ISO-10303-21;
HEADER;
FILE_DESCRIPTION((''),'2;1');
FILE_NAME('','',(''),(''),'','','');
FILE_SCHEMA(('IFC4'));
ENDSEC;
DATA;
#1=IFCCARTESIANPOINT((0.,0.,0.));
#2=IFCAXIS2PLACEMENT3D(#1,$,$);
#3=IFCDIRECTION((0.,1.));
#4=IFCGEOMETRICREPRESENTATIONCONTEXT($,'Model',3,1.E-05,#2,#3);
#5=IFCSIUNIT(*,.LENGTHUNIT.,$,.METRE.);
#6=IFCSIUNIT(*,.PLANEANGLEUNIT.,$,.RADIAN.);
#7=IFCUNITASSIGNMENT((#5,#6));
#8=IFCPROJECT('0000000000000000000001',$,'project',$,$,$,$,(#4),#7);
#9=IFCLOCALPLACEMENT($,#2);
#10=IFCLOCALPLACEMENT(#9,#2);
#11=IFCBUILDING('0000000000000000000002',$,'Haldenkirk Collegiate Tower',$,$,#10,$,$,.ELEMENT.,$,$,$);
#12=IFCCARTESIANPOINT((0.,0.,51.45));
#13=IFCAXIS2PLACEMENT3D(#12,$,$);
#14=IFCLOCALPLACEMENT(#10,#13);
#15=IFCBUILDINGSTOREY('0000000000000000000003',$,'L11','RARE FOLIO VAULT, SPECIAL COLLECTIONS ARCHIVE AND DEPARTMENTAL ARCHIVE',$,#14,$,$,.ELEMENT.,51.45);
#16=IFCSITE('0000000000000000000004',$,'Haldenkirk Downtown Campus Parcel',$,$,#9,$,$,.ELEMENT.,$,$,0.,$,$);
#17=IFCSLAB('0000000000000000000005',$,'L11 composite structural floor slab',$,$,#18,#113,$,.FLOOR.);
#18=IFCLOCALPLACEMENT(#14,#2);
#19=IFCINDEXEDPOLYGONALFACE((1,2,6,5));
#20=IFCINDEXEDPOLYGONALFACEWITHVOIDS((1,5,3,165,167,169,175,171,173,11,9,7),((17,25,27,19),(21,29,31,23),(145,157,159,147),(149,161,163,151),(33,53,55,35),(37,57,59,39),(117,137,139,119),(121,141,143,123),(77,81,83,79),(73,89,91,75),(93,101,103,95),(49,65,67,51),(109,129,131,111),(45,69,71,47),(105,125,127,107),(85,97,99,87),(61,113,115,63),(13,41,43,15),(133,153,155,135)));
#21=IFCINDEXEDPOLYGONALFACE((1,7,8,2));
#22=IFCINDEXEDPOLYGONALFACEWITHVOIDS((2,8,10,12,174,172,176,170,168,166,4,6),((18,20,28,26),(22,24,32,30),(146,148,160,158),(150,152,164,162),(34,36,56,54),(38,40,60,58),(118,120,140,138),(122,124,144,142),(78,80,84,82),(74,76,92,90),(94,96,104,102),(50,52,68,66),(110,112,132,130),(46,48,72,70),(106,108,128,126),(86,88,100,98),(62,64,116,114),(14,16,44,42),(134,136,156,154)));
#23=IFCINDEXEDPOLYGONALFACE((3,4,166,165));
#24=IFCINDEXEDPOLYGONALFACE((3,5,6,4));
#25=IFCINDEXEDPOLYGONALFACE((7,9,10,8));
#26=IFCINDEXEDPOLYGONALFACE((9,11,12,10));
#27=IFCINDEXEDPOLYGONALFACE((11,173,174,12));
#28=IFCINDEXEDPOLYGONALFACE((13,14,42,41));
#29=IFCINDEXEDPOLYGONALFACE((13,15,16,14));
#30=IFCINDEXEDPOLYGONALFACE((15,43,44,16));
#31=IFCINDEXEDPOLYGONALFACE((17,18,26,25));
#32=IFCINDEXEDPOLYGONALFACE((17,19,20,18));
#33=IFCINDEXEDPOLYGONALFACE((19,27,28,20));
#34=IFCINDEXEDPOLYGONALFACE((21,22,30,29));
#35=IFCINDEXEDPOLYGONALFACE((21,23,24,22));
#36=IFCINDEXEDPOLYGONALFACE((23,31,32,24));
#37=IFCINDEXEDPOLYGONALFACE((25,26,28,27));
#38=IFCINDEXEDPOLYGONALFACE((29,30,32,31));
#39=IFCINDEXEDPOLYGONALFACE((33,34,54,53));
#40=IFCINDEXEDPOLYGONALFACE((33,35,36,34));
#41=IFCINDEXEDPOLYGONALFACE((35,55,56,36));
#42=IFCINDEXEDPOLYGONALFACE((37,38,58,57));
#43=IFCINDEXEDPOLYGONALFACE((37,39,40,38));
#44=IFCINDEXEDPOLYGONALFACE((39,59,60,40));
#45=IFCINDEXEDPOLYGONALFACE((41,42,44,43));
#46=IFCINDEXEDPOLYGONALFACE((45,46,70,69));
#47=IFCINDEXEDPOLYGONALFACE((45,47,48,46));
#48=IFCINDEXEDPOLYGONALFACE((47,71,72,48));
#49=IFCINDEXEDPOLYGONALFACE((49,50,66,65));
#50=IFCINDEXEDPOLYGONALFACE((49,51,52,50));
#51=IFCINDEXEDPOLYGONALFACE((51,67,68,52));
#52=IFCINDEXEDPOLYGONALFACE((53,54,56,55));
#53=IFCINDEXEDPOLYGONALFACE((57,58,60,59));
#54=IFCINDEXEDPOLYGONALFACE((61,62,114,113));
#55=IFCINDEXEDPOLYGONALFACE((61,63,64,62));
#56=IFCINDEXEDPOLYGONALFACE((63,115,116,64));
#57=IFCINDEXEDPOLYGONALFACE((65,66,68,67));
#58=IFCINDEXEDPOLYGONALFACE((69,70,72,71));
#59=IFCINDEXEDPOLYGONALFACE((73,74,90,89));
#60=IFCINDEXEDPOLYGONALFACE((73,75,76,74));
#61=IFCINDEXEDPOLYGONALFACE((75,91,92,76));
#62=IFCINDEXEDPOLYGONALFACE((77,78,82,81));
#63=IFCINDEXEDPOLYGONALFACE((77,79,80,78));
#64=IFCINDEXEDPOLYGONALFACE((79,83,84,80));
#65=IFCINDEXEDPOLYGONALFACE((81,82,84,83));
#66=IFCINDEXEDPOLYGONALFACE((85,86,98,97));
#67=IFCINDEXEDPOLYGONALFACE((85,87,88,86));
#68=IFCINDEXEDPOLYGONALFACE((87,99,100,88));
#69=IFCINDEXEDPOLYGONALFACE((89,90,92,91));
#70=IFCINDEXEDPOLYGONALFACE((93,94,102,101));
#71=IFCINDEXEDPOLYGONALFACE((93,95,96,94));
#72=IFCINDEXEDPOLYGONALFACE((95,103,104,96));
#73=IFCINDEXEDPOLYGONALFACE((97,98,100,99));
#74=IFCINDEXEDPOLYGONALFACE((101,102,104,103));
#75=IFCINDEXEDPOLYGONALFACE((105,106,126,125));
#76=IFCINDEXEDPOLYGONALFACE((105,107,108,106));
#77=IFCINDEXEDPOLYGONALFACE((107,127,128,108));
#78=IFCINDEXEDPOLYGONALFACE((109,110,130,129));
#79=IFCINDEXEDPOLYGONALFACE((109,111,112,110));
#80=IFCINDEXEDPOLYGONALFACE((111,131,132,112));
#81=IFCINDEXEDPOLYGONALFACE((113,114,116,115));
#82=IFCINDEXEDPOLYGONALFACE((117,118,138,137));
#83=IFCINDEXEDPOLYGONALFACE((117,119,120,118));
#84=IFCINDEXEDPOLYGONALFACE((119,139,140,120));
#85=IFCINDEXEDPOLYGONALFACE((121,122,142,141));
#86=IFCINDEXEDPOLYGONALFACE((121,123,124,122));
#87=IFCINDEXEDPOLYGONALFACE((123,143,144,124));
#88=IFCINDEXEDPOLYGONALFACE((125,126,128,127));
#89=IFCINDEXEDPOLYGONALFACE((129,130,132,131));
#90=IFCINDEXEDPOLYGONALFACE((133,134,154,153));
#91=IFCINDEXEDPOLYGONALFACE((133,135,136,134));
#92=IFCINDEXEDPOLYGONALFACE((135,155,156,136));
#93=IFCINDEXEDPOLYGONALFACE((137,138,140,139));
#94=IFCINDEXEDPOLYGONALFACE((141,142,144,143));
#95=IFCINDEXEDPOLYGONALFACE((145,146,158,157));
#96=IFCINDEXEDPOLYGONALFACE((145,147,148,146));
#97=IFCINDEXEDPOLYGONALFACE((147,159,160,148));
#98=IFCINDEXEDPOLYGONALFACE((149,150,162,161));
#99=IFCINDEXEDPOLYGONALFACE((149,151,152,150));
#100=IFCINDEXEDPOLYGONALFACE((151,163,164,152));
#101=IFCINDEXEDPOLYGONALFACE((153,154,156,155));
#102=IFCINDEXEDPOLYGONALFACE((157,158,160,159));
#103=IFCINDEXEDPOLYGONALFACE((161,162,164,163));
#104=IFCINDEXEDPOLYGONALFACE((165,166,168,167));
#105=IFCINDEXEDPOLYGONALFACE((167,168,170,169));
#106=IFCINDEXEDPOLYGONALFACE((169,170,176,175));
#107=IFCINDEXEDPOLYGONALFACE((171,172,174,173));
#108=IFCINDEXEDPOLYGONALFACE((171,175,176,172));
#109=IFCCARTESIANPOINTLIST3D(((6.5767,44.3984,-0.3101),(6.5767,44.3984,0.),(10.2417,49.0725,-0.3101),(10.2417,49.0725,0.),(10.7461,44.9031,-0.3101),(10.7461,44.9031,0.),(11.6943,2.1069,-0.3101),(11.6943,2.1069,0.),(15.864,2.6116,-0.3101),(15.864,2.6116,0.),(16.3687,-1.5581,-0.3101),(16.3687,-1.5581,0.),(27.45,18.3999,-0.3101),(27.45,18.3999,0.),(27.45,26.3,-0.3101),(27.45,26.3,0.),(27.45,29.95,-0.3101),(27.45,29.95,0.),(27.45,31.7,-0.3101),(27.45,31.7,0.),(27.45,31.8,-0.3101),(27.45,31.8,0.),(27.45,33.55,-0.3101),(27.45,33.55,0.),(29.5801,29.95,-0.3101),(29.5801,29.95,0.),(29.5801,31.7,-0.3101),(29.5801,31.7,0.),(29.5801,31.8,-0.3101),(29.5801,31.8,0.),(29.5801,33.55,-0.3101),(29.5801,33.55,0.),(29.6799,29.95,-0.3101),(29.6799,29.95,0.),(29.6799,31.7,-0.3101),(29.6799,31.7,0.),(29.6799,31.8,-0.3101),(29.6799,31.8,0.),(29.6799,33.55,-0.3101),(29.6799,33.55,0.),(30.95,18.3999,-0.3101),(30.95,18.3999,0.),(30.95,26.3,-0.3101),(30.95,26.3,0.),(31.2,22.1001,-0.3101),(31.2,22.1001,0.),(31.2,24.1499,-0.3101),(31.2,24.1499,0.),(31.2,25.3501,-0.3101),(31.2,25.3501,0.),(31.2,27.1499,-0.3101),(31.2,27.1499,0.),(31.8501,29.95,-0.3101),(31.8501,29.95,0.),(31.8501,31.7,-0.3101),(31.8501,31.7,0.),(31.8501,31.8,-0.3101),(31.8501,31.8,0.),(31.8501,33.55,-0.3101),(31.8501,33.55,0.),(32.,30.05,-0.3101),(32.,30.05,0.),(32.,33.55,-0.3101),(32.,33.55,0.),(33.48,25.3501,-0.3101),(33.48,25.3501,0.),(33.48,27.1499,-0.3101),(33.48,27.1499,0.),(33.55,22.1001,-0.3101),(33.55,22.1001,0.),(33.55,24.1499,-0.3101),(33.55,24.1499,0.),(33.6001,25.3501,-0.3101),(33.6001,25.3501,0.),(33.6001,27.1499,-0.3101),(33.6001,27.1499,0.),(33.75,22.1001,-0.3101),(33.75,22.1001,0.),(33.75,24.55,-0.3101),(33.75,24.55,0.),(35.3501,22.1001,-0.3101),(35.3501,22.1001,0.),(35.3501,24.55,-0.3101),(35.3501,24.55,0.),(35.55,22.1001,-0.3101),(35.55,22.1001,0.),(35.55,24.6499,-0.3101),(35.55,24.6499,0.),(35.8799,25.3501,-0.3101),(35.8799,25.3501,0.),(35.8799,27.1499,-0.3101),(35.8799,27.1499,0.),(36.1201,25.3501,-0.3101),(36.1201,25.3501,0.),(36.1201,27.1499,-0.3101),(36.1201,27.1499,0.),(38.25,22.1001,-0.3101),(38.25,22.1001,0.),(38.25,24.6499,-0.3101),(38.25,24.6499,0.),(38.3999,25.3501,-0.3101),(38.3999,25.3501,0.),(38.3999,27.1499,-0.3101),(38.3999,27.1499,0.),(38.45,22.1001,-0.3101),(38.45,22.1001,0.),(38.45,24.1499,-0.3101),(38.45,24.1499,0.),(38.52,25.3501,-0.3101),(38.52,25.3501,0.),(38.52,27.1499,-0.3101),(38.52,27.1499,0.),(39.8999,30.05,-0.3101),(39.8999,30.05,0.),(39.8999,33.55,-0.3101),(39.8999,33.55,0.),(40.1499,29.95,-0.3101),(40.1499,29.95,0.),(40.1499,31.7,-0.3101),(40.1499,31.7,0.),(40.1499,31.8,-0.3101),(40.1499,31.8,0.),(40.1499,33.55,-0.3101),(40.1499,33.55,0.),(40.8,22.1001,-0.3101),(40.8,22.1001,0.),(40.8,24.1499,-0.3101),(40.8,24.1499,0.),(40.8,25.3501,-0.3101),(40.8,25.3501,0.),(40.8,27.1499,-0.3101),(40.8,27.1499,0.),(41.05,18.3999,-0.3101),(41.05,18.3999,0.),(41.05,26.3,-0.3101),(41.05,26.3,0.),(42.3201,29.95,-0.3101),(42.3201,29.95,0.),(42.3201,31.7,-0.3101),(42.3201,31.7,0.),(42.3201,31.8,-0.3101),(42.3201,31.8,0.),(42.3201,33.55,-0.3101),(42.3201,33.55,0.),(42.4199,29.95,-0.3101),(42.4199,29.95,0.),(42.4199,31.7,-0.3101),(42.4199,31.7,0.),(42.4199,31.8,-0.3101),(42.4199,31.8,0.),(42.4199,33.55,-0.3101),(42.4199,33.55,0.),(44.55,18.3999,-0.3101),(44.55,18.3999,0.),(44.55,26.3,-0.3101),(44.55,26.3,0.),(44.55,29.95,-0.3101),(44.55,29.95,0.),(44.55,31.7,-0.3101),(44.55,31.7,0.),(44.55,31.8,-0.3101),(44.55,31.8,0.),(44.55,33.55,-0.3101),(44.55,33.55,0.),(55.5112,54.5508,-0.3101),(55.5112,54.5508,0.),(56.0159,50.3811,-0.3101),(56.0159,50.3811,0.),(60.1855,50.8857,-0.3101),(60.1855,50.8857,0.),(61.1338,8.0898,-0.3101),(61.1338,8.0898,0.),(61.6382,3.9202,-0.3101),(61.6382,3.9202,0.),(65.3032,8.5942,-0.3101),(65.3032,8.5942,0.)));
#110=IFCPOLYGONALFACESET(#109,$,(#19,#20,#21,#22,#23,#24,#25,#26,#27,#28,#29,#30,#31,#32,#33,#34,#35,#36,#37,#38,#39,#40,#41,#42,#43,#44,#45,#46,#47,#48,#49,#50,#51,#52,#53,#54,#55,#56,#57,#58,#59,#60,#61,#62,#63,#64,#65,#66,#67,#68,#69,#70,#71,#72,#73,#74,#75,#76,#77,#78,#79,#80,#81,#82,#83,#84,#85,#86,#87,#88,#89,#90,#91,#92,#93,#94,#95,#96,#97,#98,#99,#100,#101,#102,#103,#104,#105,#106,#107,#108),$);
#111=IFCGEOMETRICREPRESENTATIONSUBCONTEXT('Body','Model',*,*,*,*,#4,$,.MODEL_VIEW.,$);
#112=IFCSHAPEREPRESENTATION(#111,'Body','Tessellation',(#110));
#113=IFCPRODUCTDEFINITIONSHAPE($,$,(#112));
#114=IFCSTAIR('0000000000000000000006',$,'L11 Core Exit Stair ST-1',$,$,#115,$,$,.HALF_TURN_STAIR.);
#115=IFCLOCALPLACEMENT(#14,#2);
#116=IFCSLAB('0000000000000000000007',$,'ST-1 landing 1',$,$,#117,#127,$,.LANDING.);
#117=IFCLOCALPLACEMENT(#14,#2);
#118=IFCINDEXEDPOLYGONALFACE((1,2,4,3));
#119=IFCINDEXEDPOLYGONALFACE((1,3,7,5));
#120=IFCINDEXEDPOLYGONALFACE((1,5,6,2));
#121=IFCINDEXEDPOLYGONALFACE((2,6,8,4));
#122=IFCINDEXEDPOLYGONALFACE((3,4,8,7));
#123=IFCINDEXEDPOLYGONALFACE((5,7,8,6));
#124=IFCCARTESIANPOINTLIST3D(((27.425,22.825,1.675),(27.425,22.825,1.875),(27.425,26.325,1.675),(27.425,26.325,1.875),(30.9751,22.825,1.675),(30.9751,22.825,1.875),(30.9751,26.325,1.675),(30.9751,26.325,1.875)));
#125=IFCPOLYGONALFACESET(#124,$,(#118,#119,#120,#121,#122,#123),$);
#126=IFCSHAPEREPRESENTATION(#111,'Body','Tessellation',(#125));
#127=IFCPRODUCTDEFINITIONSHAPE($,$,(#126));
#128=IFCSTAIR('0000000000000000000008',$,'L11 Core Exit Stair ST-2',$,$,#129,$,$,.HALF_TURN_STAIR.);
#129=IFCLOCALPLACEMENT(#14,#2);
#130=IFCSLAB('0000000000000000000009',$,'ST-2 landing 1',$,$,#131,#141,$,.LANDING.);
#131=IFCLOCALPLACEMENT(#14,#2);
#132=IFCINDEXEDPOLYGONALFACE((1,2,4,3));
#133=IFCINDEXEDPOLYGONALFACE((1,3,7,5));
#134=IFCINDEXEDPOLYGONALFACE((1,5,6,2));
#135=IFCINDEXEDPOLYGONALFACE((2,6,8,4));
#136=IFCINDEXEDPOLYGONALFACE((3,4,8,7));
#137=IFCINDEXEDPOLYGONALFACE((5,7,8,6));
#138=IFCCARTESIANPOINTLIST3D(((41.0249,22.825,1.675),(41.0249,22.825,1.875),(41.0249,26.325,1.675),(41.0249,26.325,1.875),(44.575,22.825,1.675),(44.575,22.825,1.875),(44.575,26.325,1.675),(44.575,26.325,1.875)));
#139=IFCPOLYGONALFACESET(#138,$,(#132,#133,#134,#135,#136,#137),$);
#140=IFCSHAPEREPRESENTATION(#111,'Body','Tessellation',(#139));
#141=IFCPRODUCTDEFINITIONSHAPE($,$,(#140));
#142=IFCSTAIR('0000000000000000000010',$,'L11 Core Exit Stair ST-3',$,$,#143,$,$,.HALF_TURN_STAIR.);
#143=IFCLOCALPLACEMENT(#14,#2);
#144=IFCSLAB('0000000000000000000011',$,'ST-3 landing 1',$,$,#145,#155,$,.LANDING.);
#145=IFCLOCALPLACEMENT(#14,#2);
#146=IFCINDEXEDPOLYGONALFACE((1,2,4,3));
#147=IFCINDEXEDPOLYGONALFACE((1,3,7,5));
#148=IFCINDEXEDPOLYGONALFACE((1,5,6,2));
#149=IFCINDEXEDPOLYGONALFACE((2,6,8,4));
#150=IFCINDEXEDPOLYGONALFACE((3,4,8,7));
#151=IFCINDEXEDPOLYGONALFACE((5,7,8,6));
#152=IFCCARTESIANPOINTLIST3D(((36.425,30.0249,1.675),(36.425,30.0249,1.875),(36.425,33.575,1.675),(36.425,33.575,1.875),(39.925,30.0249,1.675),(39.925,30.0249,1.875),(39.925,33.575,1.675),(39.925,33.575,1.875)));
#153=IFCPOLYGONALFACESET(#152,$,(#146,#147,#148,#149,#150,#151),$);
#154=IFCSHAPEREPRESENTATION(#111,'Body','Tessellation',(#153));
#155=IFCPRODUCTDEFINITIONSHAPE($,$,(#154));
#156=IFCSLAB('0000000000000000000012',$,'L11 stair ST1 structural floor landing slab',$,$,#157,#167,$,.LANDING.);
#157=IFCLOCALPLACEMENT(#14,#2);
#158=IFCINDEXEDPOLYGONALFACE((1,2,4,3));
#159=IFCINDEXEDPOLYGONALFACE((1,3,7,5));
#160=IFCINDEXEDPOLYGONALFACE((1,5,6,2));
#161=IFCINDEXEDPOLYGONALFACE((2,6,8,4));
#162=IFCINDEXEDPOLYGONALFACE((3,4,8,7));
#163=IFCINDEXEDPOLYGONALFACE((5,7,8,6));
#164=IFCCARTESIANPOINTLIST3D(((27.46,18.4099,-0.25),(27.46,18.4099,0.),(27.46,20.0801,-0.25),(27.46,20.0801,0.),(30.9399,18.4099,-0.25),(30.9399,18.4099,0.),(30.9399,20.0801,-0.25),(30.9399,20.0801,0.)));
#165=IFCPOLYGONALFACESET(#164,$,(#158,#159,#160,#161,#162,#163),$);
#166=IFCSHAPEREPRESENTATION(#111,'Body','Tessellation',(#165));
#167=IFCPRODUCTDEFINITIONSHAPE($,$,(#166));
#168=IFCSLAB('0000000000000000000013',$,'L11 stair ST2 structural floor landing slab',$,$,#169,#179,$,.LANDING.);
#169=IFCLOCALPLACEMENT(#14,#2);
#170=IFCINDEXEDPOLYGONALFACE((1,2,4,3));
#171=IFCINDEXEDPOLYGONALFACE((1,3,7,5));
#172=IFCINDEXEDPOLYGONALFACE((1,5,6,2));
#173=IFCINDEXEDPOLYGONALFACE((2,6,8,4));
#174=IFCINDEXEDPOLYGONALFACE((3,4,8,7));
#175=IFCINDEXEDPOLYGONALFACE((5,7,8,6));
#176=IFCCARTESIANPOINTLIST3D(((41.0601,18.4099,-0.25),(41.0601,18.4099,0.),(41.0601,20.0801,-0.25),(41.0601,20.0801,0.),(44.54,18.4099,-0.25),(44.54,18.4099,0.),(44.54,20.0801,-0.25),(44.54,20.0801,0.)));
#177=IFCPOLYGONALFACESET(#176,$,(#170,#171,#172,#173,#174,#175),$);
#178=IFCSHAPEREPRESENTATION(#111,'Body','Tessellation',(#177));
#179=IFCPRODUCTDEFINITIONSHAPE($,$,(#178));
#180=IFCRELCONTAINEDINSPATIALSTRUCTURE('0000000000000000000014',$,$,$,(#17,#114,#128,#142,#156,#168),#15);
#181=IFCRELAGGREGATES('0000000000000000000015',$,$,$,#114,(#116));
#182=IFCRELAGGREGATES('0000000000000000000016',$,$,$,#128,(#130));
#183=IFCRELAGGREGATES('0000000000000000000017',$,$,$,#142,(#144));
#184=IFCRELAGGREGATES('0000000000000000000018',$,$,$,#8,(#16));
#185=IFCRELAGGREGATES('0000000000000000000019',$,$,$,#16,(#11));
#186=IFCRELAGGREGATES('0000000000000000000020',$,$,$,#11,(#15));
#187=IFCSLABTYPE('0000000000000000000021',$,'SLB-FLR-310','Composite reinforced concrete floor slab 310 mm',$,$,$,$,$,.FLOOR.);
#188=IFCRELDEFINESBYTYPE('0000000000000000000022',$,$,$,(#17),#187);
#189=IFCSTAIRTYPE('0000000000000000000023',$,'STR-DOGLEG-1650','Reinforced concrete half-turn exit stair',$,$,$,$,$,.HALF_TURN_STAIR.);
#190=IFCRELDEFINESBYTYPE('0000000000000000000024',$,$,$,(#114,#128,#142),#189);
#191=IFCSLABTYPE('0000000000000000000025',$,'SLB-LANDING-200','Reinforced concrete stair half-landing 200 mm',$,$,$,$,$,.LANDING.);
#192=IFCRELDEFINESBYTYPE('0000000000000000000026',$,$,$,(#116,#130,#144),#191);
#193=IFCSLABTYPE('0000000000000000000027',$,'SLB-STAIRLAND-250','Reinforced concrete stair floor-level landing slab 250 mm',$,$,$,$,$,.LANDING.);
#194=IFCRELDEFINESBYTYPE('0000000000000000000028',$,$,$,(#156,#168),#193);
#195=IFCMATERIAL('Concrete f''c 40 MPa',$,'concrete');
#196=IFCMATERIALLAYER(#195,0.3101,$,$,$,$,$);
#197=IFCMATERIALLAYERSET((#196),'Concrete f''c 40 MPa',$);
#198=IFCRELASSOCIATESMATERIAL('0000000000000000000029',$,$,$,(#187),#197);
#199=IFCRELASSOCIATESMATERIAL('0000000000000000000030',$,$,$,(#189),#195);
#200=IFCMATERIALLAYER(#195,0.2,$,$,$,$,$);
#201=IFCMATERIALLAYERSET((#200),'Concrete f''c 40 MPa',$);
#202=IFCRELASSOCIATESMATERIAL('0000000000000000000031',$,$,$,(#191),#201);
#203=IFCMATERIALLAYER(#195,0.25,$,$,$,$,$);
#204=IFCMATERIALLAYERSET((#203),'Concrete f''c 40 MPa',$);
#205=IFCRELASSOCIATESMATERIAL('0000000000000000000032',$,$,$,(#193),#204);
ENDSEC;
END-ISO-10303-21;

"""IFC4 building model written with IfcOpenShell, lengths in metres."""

from ifc_helpers import new_model, si_unit, direction, frame, origin, place, context, subcontext, project, spatial, polyline, outline, extrude, material, layer, layer_set, type_object, element, aggregate, save


model = new_model("IFC4")

# Units and contexts
model_context = context("Model", 3, precision=1e-05, world=origin(), true_north=direction((0.0, 1.0)))
body_context = subcontext(model_context, "Body", "Model", "MODEL_VIEW")
ifc_project = project(units=[si_unit("LENGTHUNIT", "METRE"), si_unit("PLANEANGLEUNIT", "RADIAN")], contexts=[model_context])

# Site, building, storey
site_placement = place(None, origin())
site = spatial("IfcSite", under=ifc_project, at=site_placement, Name="Haldenkirk Downtown Campus Parcel", CompositionType="ELEMENT", RefElevation=0.0)
building_placement = place(site_placement, origin())
building = spatial("IfcBuilding", under=site, at=building_placement, Name="Haldenkirk Collegiate Tower", CompositionType="ELEMENT")
storey_placement = place(building_placement, frame((0.0, 0.0, 51.45)))
storey = spatial("IfcBuildingStorey", under=building, at=storey_placement, Name="L11", Description="RARE FOLIO VAULT, SPECIAL COLLECTIONS ARCHIVE AND DEPARTMENTAL ARCHIVE", CompositionType="ELEMENT", Elevation=51.45)

# Slab
ifc_material_1 = material(Name="Concrete f'c 40 MPa", Category="concrete")
ifc_layer_1 = layer(ifc_material_1, 0.3101)
ifc_layer_set_1 = layer_set([ifc_layer_1], Name="Concrete f'c 40 MPa")
slab_type_1 = type_object("IfcSlabType", Name="SLB-FLR-310", Description="Composite reinforced concrete floor slab 310 mm", PredefinedType="FLOOR", material=ifc_layer_set_1)
slab_1_placement = place(storey_placement, frame((0.0, 0.0, -0.3101)))
element("IfcSlab", 1, at=slab_1_placement, inside=storey, type_object=slab_type_1, Name="L11 composite structural floor slab", PredefinedType="FLOOR", context=body_context, shape_type="SweptSolid", body=[
    extrude(outline(polyline([(16.3687, -1.5581), (61.6382, 3.9202), (61.1338, 8.0898), (65.3032, 8.5942), (60.1855, 50.8857), (56.0159, 50.3811), (55.5112, 54.5508), (10.2417, 49.0725), (10.7461, 44.9031), (6.5767, 44.3984), (11.6943, 2.1069), (15.864, 2.6116), (16.3687, -1.5581)]), holes=[polyline([(27.45, 18.3999), (30.95, 18.3999), (30.95, 26.3), (27.45, 26.3), (27.45, 18.3999)]), polyline([(41.05, 18.3999), (44.55, 18.3999), (44.55, 26.3), (41.05, 26.3), (41.05, 18.3999)]), polyline([(32.0, 30.05), (39.8999, 30.05), (39.8999, 33.55), (32.0, 33.55), (32.0, 30.05)]), polyline([(33.75, 22.1001), (35.3501, 22.1001), (35.3501, 24.55), (33.75, 24.55), (33.75, 22.1001)]), polyline([(27.45, 29.95), (29.5801, 29.95), (29.5801, 31.7), (27.45, 31.7), (27.45, 29.95)]), polyline([(29.6799, 29.95), (31.8501, 29.95), (31.8501, 31.7), (29.6799, 31.7), (29.6799, 29.95)]), polyline([(27.45, 31.8), (29.5801, 31.8), (29.5801, 33.55), (27.45, 33.55), (27.45, 31.8)]), polyline([(29.6799, 31.8), (31.8501, 31.8), (31.8501, 33.55), (29.6799, 33.55), (29.6799, 31.8)]), polyline([(40.1499, 29.95), (42.3201, 29.95), (42.3201, 31.7), (40.1499, 31.7), (40.1499, 29.95)]), polyline([(42.4199, 29.95), (44.55, 29.95), (44.55, 31.7), (42.4199, 31.7), (42.4199, 29.95)]), polyline([(40.1499, 31.8), (42.3201, 31.8), (42.3201, 33.55), (40.1499, 33.55), (40.1499, 31.8)]), polyline([(42.4199, 31.8), (44.55, 31.8), (44.55, 33.55), (42.4199, 33.55), (42.4199, 31.8)]), polyline([(31.2, 25.3501), (33.48, 25.3501), (33.48, 27.1499), (31.2, 27.1499), (31.2, 25.3501)]), polyline([(33.6001, 25.3501), (35.8799, 25.3501), (35.8799, 27.1499), (33.6001, 27.1499), (33.6001, 25.3501)]), polyline([(36.1201, 25.3501), (38.3999, 25.3501), (38.3999, 27.1499), (36.1201, 27.1499), (36.1201, 25.3501)]), polyline([(38.52, 25.3501), (40.8, 25.3501), (40.8, 27.1499), (38.52, 27.1499), (38.52, 25.3501)]), polyline([(31.2, 22.1001), (33.55, 22.1001), (33.55, 24.1499), (31.2, 24.1499), (31.2, 22.1001)]), polyline([(38.45, 22.1001), (40.8, 22.1001), (40.8, 24.1499), (38.45, 24.1499), (38.45, 22.1001)]), polyline([(35.55, 22.1001), (38.25, 22.1001), (38.25, 24.6499), (35.55, 24.6499), (35.55, 22.1001)])]), origin(), (0.0, 0.0, 1.0), 0.3101),
])

# Stairs, slabs
stair_type = type_object("IfcStairType", Name="STR-DOGLEG-1650", Description="Reinforced concrete half-turn exit stair", PredefinedType="HALF_TURN_STAIR", material=ifc_material_1)
stair_1_placement = place(storey_placement, origin())
stair_1 = element("IfcStair", 2, at=stair_1_placement, inside=storey, type_object=stair_type, Name="L11 Core Exit Stair ST-1", PredefinedType="HALF_TURN_STAIR")
ifc_layer_2 = layer(ifc_material_1, 0.2)
ifc_layer_set_2 = layer_set([ifc_layer_2], Name="Concrete f'c 40 MPa")
slab_type_2 = type_object("IfcSlabType", Name="SLB-LANDING-200", Description="Reinforced concrete stair half-landing 200 mm", PredefinedType="LANDING", material=ifc_layer_set_2)
slab_2_placement = place(storey_placement, frame((0.0, 0.0, 1.675)))
slab_2 = element("IfcSlab", 3, at=slab_2_placement, type_object=slab_type_2, Name="ST-1 landing 1", PredefinedType="LANDING", context=body_context, shape_type="SweptSolid", body=[
    extrude(outline(polyline([(30.9751, 22.825), (27.425, 22.825), (27.425, 26.325), (30.9751, 26.325), (30.9751, 22.825)])), origin(), (0.0, 0.0, 1.0), 0.2),
])
aggregate(stair_1, [slab_2])
stair_2_placement = place(storey_placement, origin())
stair_2 = element("IfcStair", 4, at=stair_2_placement, inside=storey, type_object=stair_type, Name="L11 Core Exit Stair ST-2", PredefinedType="HALF_TURN_STAIR")
slab_3_placement = place(storey_placement, frame((0.0, 0.0, 1.675)))
slab_3 = element("IfcSlab", 5, at=slab_3_placement, type_object=slab_type_2, Name="ST-2 landing 1", PredefinedType="LANDING", context=body_context, shape_type="SweptSolid", body=[
    extrude(outline(polyline([(44.575, 22.825), (41.0249, 22.825), (41.0249, 26.325), (44.575, 26.325), (44.575, 22.825)])), origin(), (0.0, 0.0, 1.0), 0.2),
])
aggregate(stair_2, [slab_3])
stair_3_placement = place(storey_placement, origin())
stair_3 = element("IfcStair", 6, at=stair_3_placement, inside=storey, type_object=stair_type, Name="L11 Core Exit Stair ST-3", PredefinedType="HALF_TURN_STAIR")
slab_4_placement = place(storey_placement, frame((0.0, 0.0, 1.675)))
slab_4 = element("IfcSlab", 7, at=slab_4_placement, type_object=slab_type_2, Name="ST-3 landing 1", PredefinedType="LANDING", context=body_context, shape_type="SweptSolid", body=[
    extrude(outline(polyline([(36.425, 30.0249), (36.425, 33.575), (39.925, 33.575), (39.925, 30.0249), (36.425, 30.0249)])), origin(), (0.0, 0.0, 1.0), 0.2),
])
aggregate(stair_3, [slab_4])

# Slabs
ifc_layer_3 = layer(ifc_material_1, 0.25)
ifc_layer_set_3 = layer_set([ifc_layer_3], Name="Concrete f'c 40 MPa")
slab_type_3 = type_object("IfcSlabType", Name="SLB-STAIRLAND-250", Description="Reinforced concrete stair floor-level landing slab 250 mm", PredefinedType="LANDING", material=ifc_layer_set_3)
slab_5_placement = place(storey_placement, frame((0.0, 0.0, -0.25)))
element("IfcSlab", 8, at=slab_5_placement, inside=storey, type_object=slab_type_3, Name="L11 stair ST1 structural floor landing slab", PredefinedType="LANDING", context=body_context, shape_type="SweptSolid", body=[
    extrude(outline(polyline([(27.46, 18.4099), (30.9399, 18.4099), (30.9399, 20.0801), (27.46, 20.0801), (27.46, 18.4099)])), origin(), (0.0, 0.0, 1.0), 0.25),
])
slab_6_placement = place(storey_placement, frame((0.0, 0.0, -0.25)))
element("IfcSlab", 9, at=slab_6_placement, inside=storey, type_object=slab_type_3, Name="L11 stair ST2 structural floor landing slab", PredefinedType="LANDING", context=body_context, shape_type="SweptSolid", body=[
    extrude(outline(polyline([(41.0601, 18.4099), (44.54, 18.4099), (44.54, 20.0801), (41.0601, 20.0801), (41.0601, 18.4099)])), origin(), (0.0, 0.0, 1.0), 0.25),
])

save(model, "model.ifc")
